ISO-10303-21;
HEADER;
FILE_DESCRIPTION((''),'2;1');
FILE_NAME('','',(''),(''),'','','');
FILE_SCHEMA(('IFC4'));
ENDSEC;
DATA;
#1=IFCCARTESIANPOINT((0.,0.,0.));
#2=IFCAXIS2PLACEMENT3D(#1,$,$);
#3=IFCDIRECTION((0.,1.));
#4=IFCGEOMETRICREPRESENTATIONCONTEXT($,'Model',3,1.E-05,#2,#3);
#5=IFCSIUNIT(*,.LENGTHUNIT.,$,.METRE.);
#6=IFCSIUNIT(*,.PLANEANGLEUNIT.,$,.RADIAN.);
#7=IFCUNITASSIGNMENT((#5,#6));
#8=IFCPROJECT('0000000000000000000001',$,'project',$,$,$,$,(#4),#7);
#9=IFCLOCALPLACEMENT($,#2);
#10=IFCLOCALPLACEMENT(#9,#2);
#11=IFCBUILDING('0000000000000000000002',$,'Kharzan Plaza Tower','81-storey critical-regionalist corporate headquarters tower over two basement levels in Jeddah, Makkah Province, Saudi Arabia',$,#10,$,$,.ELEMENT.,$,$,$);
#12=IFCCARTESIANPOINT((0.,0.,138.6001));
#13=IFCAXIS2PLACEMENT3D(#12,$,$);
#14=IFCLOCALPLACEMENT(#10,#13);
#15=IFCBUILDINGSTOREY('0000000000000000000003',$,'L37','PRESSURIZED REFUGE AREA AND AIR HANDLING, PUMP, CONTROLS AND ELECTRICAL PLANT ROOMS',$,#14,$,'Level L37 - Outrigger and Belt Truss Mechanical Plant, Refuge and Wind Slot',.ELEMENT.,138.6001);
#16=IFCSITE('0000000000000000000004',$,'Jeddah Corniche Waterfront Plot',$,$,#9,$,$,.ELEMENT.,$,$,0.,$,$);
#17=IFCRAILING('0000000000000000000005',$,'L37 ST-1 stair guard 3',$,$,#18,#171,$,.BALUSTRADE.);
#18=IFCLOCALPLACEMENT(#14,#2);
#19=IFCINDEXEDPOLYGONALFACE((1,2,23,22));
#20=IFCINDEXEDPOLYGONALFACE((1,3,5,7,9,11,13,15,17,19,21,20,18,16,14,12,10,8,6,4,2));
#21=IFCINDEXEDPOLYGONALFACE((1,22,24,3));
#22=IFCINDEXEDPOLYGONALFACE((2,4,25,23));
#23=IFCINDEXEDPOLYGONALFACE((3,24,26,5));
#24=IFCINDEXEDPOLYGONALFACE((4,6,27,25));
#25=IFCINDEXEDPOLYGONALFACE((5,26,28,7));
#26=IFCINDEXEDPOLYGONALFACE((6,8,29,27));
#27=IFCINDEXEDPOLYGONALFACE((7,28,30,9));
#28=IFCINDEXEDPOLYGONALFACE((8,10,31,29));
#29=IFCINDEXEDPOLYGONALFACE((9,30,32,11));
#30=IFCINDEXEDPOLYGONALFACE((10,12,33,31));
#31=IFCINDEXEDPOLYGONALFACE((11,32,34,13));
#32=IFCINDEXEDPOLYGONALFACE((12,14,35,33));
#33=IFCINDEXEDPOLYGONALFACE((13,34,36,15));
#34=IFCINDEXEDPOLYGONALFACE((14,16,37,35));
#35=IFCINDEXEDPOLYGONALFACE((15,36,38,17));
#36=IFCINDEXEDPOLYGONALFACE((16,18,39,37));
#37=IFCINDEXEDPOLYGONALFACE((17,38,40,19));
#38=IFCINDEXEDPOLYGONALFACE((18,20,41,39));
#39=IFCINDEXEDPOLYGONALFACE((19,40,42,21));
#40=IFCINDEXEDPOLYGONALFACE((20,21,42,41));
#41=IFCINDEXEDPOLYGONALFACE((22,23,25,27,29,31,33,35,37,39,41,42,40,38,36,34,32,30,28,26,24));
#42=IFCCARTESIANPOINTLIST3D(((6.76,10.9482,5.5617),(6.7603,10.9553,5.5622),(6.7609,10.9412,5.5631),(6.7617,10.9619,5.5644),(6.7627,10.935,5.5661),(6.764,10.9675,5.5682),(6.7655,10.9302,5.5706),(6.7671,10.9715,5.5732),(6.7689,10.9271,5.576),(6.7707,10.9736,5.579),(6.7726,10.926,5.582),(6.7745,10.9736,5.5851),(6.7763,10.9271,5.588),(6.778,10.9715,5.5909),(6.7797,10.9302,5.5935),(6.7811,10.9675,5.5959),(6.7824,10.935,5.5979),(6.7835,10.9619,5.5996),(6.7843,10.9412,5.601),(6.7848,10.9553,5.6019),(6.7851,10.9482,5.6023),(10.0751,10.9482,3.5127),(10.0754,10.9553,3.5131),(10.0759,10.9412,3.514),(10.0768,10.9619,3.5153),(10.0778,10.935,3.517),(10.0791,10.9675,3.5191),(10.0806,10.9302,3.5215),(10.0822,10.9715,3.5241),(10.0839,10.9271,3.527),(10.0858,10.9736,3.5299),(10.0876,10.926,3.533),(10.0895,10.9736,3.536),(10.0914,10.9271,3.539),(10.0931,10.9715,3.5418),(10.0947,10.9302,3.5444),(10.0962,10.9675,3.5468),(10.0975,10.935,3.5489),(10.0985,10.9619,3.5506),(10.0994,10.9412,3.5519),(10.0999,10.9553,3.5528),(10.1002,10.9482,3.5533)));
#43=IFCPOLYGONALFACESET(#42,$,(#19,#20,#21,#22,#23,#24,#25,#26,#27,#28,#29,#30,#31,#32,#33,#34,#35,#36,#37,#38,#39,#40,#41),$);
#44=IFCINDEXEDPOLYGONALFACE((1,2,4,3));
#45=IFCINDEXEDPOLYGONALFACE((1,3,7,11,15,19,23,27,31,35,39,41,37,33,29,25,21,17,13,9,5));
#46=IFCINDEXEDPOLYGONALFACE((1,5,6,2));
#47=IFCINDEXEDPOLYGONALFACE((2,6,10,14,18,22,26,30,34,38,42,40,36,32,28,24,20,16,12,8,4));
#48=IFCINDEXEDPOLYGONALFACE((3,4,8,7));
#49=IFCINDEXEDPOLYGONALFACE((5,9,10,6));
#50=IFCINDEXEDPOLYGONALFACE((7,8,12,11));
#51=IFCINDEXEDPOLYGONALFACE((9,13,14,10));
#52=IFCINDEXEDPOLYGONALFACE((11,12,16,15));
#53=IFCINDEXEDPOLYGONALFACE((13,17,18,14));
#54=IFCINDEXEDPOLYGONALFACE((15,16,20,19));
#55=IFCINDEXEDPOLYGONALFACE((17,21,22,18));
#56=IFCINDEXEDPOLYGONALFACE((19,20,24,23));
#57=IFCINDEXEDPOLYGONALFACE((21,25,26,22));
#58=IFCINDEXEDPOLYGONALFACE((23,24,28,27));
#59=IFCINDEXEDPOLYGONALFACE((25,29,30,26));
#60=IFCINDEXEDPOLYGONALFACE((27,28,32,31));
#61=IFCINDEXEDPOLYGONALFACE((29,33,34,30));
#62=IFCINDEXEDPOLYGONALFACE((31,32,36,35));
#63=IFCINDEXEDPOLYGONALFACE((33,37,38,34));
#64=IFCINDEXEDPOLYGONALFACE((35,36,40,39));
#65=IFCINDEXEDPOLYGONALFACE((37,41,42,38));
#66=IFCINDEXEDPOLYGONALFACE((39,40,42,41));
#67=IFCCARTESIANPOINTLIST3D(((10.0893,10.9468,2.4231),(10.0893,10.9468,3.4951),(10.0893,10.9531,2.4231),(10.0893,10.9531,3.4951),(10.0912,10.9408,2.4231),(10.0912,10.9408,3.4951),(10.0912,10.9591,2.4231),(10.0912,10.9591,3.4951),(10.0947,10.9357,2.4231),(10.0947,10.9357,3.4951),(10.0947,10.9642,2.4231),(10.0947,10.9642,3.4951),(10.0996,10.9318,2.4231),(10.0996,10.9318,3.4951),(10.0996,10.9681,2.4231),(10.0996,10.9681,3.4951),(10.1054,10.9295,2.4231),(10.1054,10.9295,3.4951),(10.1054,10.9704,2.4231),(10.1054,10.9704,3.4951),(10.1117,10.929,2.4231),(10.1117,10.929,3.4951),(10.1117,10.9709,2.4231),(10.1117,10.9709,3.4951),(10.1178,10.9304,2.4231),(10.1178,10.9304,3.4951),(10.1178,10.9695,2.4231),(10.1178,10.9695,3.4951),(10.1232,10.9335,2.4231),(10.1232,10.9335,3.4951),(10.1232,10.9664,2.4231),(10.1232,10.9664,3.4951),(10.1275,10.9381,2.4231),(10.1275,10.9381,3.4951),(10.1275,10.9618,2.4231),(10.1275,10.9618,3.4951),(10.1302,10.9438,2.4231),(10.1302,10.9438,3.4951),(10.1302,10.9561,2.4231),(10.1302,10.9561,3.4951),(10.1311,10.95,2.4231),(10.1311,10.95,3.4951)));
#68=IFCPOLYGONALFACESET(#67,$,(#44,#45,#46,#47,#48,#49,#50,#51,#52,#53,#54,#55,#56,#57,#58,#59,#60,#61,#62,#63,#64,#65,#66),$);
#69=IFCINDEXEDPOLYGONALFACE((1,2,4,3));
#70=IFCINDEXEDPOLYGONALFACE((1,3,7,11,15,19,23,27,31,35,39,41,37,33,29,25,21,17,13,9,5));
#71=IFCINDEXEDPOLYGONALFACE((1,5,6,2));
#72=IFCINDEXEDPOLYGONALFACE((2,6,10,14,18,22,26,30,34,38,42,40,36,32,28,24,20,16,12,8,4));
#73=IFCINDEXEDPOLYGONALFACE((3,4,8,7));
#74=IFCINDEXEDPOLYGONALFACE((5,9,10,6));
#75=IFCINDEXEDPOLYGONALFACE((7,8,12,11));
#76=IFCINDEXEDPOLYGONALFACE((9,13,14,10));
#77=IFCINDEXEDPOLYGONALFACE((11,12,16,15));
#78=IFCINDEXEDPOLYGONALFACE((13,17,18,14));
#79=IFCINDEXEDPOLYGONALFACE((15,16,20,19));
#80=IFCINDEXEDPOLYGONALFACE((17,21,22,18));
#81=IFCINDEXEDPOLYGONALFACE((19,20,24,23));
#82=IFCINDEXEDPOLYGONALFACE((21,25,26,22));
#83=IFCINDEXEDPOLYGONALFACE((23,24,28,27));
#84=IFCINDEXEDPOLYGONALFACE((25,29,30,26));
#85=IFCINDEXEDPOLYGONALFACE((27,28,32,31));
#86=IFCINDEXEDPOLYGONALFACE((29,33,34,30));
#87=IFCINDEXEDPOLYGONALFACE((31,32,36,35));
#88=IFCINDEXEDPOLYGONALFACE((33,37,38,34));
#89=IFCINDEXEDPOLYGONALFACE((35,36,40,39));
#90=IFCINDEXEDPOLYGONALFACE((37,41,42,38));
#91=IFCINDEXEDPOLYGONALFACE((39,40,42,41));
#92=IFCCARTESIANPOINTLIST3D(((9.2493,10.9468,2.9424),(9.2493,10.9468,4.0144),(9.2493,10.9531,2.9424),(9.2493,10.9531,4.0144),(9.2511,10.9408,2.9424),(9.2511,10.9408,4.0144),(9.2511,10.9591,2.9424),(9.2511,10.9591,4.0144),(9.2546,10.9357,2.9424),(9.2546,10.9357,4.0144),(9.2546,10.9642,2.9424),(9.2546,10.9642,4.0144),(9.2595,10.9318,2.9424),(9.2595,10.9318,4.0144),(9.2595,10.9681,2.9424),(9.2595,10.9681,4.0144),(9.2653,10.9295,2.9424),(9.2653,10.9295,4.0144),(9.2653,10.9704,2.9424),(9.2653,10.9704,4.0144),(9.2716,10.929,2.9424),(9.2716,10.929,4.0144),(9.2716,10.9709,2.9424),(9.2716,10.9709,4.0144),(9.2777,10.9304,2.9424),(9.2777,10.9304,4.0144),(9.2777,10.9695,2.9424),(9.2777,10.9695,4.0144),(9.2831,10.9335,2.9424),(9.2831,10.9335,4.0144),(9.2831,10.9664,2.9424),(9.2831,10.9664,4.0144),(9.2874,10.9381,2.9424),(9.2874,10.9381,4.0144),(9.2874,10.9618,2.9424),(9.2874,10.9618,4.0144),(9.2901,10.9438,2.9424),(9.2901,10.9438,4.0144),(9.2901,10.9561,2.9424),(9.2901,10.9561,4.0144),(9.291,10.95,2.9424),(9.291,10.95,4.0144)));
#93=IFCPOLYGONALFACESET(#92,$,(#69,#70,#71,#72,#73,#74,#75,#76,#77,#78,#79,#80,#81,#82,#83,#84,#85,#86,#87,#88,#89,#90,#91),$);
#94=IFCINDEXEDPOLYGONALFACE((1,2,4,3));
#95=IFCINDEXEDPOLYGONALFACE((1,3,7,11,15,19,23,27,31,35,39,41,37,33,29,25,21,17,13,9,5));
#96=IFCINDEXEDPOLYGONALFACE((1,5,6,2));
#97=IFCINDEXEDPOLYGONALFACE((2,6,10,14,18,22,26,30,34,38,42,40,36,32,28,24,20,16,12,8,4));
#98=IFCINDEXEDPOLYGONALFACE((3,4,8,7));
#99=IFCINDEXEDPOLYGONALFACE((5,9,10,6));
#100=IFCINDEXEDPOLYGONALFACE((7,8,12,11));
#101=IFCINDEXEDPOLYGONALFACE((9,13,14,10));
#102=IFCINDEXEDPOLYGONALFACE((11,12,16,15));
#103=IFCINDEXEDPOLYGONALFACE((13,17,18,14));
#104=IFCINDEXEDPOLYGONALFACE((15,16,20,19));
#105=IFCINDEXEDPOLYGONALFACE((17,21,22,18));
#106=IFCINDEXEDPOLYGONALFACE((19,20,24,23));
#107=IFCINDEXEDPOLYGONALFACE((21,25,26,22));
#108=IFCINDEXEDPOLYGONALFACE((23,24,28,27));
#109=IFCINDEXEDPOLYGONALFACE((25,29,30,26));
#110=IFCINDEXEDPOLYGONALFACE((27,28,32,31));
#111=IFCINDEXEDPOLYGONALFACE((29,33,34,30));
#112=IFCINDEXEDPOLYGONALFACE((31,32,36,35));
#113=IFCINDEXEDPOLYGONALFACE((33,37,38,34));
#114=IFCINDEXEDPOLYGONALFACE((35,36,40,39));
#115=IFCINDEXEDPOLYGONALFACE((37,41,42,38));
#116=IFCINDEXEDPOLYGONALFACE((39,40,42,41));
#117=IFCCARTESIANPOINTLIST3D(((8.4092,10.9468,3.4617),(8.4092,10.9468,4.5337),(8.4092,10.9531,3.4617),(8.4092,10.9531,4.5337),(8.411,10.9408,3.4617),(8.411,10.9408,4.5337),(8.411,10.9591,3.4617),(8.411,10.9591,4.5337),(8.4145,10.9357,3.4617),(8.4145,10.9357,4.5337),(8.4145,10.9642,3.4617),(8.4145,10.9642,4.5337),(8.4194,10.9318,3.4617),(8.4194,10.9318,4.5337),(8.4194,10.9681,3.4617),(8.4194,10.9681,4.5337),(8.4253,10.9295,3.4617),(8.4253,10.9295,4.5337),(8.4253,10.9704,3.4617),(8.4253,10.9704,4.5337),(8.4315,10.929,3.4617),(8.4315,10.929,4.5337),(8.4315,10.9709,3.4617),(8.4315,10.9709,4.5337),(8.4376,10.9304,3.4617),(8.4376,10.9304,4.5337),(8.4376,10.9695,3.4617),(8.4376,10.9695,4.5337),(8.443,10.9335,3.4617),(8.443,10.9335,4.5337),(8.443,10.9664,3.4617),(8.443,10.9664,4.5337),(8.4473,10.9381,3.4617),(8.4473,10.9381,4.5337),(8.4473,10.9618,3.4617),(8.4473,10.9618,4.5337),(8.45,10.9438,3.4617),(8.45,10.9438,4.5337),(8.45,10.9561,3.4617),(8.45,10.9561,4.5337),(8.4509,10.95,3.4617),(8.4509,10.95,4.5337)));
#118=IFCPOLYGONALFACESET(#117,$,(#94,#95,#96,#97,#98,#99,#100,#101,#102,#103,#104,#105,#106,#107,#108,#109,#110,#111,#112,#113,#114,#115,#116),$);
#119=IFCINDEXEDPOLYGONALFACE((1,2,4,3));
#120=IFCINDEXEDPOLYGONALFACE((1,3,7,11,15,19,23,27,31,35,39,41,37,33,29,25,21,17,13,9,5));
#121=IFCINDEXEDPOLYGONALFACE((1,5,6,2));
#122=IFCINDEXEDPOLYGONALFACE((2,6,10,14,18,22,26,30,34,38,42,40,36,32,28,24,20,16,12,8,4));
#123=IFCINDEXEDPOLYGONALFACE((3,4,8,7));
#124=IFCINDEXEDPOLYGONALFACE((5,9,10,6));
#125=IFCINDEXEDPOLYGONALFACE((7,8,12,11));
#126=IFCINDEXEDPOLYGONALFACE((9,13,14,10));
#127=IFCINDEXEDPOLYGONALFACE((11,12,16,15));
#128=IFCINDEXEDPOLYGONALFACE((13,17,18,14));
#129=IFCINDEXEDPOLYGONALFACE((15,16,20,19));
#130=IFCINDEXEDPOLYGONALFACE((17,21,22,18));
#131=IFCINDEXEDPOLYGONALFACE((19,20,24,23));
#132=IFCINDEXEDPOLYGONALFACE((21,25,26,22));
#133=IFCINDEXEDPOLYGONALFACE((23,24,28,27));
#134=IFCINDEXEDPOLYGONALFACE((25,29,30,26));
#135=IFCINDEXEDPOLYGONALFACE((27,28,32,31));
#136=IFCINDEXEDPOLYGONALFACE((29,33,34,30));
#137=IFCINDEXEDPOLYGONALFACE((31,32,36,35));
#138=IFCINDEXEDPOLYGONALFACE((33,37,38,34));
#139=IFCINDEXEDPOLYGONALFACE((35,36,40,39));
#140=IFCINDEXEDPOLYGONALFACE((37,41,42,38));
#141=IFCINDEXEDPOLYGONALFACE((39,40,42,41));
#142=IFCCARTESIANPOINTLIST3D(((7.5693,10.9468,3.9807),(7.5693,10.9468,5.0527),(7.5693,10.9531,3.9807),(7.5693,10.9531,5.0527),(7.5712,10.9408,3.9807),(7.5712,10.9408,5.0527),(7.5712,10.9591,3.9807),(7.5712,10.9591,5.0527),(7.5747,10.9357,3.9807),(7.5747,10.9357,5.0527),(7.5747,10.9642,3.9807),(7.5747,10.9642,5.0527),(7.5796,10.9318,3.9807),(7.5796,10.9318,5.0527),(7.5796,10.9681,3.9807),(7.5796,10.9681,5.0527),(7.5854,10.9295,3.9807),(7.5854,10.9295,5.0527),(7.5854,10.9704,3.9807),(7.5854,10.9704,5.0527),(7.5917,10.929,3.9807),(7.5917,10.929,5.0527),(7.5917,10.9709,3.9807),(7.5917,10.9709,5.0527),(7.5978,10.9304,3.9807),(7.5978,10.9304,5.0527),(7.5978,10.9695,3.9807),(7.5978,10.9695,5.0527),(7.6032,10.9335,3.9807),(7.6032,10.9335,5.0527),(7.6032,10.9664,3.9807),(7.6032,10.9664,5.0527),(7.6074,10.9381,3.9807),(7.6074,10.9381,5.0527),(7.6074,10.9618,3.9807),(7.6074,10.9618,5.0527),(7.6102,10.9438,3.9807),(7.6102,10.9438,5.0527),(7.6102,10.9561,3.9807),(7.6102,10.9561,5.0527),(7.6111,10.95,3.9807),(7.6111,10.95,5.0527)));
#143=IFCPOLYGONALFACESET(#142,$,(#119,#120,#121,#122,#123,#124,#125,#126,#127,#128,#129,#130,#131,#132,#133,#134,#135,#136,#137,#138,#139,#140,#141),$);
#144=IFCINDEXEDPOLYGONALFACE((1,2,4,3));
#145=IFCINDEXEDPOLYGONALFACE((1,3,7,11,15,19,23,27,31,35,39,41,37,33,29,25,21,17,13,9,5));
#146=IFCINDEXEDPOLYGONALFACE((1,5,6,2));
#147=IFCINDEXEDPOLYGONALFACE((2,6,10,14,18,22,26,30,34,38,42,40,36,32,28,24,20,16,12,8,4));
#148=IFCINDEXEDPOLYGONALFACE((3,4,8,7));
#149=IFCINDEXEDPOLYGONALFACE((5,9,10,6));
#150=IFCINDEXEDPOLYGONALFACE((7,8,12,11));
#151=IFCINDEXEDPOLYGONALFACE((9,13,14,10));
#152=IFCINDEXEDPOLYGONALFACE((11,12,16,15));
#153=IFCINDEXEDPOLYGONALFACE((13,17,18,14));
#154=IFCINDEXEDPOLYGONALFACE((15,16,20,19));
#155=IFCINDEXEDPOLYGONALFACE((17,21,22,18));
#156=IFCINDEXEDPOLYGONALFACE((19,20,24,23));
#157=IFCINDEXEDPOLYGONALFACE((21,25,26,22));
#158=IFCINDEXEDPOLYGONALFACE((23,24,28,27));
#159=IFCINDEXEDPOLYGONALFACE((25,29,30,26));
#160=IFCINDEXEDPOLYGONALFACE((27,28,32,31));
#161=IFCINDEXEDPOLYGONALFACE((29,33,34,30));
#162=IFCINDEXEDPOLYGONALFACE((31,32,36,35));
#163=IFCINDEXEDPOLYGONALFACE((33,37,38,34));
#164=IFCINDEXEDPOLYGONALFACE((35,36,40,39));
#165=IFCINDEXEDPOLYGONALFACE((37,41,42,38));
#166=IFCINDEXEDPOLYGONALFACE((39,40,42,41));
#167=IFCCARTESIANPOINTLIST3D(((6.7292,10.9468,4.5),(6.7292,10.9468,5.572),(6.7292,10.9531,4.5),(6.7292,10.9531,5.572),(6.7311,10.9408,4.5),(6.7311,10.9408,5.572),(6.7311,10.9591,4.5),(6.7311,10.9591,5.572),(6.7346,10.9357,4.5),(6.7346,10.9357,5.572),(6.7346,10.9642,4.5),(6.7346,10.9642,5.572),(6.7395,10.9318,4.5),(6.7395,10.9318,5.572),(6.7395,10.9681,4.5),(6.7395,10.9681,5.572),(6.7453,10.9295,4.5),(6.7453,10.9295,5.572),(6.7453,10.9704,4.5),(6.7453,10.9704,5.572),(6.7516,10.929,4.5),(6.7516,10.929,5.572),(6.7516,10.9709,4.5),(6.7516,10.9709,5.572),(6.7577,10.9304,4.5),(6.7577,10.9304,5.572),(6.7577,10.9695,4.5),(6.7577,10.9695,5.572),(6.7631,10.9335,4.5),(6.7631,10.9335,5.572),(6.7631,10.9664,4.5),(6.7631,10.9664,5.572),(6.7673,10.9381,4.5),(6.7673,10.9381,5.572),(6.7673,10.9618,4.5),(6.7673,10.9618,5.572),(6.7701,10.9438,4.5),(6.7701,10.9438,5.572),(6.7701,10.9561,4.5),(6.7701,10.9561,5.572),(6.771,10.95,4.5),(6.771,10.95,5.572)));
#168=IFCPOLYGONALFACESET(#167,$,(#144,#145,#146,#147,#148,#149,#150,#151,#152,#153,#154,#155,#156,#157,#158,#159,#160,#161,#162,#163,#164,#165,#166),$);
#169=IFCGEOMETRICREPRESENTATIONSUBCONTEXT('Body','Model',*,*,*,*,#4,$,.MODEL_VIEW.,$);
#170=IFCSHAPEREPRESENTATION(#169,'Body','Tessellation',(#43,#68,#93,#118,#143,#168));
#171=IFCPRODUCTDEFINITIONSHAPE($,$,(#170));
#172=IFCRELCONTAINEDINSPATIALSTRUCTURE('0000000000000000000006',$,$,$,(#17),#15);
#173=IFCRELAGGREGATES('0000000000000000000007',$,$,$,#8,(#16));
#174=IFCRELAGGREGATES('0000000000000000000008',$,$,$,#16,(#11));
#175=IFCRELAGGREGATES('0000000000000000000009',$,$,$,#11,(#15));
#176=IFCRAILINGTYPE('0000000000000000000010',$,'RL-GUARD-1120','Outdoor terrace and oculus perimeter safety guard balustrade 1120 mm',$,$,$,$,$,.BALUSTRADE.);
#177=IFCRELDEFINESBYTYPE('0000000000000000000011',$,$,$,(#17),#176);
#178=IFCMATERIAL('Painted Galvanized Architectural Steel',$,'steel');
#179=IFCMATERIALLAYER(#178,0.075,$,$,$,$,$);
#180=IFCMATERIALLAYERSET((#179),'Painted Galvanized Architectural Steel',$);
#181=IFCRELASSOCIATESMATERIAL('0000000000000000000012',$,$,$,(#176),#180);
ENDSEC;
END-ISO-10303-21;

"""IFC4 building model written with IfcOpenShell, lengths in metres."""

from ifc_helpers import new_model, si_unit, direction, frame, origin, origin_2d, place, context, subcontext, project, spatial, circle, extrude, source, transform, mapped, material, layer, layer_set, type_object, element, save


model = new_model("IFC4")

# Units and contexts
model_context = context("Model", 3, precision=1e-05, world=origin(), true_north=direction((0.0, 1.0)))
body_context = subcontext(model_context, "Body", "Model", "MODEL_VIEW")
ifc_project = project(units=[si_unit("LENGTHUNIT", "METRE"), si_unit("PLANEANGLEUNIT", "RADIAN")], contexts=[model_context])

# Site, building, storey
site_placement = place(None, origin())
site = spatial("IfcSite", under=ifc_project, at=site_placement, Name="Jeddah Corniche Waterfront Plot", CompositionType="ELEMENT", RefElevation=0.0)
building_placement = place(site_placement, origin())
building = spatial("IfcBuilding", under=site, at=building_placement, Name="Kharzan Plaza Tower", Description="81-storey critical-regionalist corporate headquarters tower over two basement levels in Jeddah, Makkah Province, Saudi Arabia", CompositionType="ELEMENT")
storey_placement = place(building_placement, frame((0.0, 0.0, 138.6001)))
storey = spatial("IfcBuildingStorey", under=building, at=storey_placement, Name="L37", Description="PRESSURIZED REFUGE AREA AND AIR HANDLING, PUMP, CONTROLS AND ELECTRICAL PLANT ROOMS", LongName="Level L37 - Outrigger and Belt Truss Mechanical Plant, Refuge and Wind Slot", CompositionType="ELEMENT", Elevation=138.6001)

# Railing
ifc_material_1 = material(Name="Painted Galvanized Architectural Steel", Category="steel")
ifc_layer_1 = layer(ifc_material_1, 0.075)
ifc_layer_set_1 = layer_set([ifc_layer_1], Name="Painted Galvanized Architectural Steel")
railing_type_1 = type_object("IfcRailingType", Name="RL-GUARD-1120", Description="Outdoor terrace and oculus perimeter safety guard balustrade 1120 mm", PredefinedType="BALUSTRADE", material=ifc_layer_set_1)
shared_shape_1 = source(origin(), body_context, "Body", "SweptSolid", [
    extrude(circle(Radius=0.0239, at=origin_2d()), frame((-0.0225, 0.0, 1.1099), z_axis=(-0.850623, 0.0, 0.525776), x_axis=(0.0, -1.0, 0.0)), (0.0, 0.0, 1.0), 3.8972),
    extrude(circle(Radius=0.021, at=origin_2d()), origin(), (0.0, 0.0, 1.0), 1.072),
    extrude(circle(Radius=0.021, at=origin_2d()), frame((-0.8401, 0.0, 0.5193)), (0.0, 0.0, 1.0), 1.072),
    extrude(circle(Radius=0.021, at=origin_2d()), frame((-1.6802, 0.0, 1.0386)), (0.0, 0.0, 1.0), 1.072),
    extrude(circle(Radius=0.021, at=origin_2d()), frame((-2.52, 0.0, 1.5576)), (0.0, 0.0, 1.0), 1.072),
    extrude(circle(Radius=0.021, at=origin_2d()), frame((-3.3601, 0.0, 2.0769)), (0.0, 0.0, 1.0), 1.072),
])
railing_1_placement = place(storey_placement, frame((10.1101, 10.95, 2.4231)))
element("IfcRailing", 1, at=railing_1_placement, inside=storey, type_object=railing_type_1, Name="L37 ST-1 stair guard 3", PredefinedType="BALUSTRADE", context=body_context, shape_type="MappedRepresentation", body=[
    mapped(shared_shape_1, transform((0.0, 0.0, 0.0), x_axis=(1.0, 0.0, 0.0), y_axis=(0.0, 1.0, 0.0), z_axis=(0.0, 0.0, 1.0))),
])

save(model, "model.ifc")
